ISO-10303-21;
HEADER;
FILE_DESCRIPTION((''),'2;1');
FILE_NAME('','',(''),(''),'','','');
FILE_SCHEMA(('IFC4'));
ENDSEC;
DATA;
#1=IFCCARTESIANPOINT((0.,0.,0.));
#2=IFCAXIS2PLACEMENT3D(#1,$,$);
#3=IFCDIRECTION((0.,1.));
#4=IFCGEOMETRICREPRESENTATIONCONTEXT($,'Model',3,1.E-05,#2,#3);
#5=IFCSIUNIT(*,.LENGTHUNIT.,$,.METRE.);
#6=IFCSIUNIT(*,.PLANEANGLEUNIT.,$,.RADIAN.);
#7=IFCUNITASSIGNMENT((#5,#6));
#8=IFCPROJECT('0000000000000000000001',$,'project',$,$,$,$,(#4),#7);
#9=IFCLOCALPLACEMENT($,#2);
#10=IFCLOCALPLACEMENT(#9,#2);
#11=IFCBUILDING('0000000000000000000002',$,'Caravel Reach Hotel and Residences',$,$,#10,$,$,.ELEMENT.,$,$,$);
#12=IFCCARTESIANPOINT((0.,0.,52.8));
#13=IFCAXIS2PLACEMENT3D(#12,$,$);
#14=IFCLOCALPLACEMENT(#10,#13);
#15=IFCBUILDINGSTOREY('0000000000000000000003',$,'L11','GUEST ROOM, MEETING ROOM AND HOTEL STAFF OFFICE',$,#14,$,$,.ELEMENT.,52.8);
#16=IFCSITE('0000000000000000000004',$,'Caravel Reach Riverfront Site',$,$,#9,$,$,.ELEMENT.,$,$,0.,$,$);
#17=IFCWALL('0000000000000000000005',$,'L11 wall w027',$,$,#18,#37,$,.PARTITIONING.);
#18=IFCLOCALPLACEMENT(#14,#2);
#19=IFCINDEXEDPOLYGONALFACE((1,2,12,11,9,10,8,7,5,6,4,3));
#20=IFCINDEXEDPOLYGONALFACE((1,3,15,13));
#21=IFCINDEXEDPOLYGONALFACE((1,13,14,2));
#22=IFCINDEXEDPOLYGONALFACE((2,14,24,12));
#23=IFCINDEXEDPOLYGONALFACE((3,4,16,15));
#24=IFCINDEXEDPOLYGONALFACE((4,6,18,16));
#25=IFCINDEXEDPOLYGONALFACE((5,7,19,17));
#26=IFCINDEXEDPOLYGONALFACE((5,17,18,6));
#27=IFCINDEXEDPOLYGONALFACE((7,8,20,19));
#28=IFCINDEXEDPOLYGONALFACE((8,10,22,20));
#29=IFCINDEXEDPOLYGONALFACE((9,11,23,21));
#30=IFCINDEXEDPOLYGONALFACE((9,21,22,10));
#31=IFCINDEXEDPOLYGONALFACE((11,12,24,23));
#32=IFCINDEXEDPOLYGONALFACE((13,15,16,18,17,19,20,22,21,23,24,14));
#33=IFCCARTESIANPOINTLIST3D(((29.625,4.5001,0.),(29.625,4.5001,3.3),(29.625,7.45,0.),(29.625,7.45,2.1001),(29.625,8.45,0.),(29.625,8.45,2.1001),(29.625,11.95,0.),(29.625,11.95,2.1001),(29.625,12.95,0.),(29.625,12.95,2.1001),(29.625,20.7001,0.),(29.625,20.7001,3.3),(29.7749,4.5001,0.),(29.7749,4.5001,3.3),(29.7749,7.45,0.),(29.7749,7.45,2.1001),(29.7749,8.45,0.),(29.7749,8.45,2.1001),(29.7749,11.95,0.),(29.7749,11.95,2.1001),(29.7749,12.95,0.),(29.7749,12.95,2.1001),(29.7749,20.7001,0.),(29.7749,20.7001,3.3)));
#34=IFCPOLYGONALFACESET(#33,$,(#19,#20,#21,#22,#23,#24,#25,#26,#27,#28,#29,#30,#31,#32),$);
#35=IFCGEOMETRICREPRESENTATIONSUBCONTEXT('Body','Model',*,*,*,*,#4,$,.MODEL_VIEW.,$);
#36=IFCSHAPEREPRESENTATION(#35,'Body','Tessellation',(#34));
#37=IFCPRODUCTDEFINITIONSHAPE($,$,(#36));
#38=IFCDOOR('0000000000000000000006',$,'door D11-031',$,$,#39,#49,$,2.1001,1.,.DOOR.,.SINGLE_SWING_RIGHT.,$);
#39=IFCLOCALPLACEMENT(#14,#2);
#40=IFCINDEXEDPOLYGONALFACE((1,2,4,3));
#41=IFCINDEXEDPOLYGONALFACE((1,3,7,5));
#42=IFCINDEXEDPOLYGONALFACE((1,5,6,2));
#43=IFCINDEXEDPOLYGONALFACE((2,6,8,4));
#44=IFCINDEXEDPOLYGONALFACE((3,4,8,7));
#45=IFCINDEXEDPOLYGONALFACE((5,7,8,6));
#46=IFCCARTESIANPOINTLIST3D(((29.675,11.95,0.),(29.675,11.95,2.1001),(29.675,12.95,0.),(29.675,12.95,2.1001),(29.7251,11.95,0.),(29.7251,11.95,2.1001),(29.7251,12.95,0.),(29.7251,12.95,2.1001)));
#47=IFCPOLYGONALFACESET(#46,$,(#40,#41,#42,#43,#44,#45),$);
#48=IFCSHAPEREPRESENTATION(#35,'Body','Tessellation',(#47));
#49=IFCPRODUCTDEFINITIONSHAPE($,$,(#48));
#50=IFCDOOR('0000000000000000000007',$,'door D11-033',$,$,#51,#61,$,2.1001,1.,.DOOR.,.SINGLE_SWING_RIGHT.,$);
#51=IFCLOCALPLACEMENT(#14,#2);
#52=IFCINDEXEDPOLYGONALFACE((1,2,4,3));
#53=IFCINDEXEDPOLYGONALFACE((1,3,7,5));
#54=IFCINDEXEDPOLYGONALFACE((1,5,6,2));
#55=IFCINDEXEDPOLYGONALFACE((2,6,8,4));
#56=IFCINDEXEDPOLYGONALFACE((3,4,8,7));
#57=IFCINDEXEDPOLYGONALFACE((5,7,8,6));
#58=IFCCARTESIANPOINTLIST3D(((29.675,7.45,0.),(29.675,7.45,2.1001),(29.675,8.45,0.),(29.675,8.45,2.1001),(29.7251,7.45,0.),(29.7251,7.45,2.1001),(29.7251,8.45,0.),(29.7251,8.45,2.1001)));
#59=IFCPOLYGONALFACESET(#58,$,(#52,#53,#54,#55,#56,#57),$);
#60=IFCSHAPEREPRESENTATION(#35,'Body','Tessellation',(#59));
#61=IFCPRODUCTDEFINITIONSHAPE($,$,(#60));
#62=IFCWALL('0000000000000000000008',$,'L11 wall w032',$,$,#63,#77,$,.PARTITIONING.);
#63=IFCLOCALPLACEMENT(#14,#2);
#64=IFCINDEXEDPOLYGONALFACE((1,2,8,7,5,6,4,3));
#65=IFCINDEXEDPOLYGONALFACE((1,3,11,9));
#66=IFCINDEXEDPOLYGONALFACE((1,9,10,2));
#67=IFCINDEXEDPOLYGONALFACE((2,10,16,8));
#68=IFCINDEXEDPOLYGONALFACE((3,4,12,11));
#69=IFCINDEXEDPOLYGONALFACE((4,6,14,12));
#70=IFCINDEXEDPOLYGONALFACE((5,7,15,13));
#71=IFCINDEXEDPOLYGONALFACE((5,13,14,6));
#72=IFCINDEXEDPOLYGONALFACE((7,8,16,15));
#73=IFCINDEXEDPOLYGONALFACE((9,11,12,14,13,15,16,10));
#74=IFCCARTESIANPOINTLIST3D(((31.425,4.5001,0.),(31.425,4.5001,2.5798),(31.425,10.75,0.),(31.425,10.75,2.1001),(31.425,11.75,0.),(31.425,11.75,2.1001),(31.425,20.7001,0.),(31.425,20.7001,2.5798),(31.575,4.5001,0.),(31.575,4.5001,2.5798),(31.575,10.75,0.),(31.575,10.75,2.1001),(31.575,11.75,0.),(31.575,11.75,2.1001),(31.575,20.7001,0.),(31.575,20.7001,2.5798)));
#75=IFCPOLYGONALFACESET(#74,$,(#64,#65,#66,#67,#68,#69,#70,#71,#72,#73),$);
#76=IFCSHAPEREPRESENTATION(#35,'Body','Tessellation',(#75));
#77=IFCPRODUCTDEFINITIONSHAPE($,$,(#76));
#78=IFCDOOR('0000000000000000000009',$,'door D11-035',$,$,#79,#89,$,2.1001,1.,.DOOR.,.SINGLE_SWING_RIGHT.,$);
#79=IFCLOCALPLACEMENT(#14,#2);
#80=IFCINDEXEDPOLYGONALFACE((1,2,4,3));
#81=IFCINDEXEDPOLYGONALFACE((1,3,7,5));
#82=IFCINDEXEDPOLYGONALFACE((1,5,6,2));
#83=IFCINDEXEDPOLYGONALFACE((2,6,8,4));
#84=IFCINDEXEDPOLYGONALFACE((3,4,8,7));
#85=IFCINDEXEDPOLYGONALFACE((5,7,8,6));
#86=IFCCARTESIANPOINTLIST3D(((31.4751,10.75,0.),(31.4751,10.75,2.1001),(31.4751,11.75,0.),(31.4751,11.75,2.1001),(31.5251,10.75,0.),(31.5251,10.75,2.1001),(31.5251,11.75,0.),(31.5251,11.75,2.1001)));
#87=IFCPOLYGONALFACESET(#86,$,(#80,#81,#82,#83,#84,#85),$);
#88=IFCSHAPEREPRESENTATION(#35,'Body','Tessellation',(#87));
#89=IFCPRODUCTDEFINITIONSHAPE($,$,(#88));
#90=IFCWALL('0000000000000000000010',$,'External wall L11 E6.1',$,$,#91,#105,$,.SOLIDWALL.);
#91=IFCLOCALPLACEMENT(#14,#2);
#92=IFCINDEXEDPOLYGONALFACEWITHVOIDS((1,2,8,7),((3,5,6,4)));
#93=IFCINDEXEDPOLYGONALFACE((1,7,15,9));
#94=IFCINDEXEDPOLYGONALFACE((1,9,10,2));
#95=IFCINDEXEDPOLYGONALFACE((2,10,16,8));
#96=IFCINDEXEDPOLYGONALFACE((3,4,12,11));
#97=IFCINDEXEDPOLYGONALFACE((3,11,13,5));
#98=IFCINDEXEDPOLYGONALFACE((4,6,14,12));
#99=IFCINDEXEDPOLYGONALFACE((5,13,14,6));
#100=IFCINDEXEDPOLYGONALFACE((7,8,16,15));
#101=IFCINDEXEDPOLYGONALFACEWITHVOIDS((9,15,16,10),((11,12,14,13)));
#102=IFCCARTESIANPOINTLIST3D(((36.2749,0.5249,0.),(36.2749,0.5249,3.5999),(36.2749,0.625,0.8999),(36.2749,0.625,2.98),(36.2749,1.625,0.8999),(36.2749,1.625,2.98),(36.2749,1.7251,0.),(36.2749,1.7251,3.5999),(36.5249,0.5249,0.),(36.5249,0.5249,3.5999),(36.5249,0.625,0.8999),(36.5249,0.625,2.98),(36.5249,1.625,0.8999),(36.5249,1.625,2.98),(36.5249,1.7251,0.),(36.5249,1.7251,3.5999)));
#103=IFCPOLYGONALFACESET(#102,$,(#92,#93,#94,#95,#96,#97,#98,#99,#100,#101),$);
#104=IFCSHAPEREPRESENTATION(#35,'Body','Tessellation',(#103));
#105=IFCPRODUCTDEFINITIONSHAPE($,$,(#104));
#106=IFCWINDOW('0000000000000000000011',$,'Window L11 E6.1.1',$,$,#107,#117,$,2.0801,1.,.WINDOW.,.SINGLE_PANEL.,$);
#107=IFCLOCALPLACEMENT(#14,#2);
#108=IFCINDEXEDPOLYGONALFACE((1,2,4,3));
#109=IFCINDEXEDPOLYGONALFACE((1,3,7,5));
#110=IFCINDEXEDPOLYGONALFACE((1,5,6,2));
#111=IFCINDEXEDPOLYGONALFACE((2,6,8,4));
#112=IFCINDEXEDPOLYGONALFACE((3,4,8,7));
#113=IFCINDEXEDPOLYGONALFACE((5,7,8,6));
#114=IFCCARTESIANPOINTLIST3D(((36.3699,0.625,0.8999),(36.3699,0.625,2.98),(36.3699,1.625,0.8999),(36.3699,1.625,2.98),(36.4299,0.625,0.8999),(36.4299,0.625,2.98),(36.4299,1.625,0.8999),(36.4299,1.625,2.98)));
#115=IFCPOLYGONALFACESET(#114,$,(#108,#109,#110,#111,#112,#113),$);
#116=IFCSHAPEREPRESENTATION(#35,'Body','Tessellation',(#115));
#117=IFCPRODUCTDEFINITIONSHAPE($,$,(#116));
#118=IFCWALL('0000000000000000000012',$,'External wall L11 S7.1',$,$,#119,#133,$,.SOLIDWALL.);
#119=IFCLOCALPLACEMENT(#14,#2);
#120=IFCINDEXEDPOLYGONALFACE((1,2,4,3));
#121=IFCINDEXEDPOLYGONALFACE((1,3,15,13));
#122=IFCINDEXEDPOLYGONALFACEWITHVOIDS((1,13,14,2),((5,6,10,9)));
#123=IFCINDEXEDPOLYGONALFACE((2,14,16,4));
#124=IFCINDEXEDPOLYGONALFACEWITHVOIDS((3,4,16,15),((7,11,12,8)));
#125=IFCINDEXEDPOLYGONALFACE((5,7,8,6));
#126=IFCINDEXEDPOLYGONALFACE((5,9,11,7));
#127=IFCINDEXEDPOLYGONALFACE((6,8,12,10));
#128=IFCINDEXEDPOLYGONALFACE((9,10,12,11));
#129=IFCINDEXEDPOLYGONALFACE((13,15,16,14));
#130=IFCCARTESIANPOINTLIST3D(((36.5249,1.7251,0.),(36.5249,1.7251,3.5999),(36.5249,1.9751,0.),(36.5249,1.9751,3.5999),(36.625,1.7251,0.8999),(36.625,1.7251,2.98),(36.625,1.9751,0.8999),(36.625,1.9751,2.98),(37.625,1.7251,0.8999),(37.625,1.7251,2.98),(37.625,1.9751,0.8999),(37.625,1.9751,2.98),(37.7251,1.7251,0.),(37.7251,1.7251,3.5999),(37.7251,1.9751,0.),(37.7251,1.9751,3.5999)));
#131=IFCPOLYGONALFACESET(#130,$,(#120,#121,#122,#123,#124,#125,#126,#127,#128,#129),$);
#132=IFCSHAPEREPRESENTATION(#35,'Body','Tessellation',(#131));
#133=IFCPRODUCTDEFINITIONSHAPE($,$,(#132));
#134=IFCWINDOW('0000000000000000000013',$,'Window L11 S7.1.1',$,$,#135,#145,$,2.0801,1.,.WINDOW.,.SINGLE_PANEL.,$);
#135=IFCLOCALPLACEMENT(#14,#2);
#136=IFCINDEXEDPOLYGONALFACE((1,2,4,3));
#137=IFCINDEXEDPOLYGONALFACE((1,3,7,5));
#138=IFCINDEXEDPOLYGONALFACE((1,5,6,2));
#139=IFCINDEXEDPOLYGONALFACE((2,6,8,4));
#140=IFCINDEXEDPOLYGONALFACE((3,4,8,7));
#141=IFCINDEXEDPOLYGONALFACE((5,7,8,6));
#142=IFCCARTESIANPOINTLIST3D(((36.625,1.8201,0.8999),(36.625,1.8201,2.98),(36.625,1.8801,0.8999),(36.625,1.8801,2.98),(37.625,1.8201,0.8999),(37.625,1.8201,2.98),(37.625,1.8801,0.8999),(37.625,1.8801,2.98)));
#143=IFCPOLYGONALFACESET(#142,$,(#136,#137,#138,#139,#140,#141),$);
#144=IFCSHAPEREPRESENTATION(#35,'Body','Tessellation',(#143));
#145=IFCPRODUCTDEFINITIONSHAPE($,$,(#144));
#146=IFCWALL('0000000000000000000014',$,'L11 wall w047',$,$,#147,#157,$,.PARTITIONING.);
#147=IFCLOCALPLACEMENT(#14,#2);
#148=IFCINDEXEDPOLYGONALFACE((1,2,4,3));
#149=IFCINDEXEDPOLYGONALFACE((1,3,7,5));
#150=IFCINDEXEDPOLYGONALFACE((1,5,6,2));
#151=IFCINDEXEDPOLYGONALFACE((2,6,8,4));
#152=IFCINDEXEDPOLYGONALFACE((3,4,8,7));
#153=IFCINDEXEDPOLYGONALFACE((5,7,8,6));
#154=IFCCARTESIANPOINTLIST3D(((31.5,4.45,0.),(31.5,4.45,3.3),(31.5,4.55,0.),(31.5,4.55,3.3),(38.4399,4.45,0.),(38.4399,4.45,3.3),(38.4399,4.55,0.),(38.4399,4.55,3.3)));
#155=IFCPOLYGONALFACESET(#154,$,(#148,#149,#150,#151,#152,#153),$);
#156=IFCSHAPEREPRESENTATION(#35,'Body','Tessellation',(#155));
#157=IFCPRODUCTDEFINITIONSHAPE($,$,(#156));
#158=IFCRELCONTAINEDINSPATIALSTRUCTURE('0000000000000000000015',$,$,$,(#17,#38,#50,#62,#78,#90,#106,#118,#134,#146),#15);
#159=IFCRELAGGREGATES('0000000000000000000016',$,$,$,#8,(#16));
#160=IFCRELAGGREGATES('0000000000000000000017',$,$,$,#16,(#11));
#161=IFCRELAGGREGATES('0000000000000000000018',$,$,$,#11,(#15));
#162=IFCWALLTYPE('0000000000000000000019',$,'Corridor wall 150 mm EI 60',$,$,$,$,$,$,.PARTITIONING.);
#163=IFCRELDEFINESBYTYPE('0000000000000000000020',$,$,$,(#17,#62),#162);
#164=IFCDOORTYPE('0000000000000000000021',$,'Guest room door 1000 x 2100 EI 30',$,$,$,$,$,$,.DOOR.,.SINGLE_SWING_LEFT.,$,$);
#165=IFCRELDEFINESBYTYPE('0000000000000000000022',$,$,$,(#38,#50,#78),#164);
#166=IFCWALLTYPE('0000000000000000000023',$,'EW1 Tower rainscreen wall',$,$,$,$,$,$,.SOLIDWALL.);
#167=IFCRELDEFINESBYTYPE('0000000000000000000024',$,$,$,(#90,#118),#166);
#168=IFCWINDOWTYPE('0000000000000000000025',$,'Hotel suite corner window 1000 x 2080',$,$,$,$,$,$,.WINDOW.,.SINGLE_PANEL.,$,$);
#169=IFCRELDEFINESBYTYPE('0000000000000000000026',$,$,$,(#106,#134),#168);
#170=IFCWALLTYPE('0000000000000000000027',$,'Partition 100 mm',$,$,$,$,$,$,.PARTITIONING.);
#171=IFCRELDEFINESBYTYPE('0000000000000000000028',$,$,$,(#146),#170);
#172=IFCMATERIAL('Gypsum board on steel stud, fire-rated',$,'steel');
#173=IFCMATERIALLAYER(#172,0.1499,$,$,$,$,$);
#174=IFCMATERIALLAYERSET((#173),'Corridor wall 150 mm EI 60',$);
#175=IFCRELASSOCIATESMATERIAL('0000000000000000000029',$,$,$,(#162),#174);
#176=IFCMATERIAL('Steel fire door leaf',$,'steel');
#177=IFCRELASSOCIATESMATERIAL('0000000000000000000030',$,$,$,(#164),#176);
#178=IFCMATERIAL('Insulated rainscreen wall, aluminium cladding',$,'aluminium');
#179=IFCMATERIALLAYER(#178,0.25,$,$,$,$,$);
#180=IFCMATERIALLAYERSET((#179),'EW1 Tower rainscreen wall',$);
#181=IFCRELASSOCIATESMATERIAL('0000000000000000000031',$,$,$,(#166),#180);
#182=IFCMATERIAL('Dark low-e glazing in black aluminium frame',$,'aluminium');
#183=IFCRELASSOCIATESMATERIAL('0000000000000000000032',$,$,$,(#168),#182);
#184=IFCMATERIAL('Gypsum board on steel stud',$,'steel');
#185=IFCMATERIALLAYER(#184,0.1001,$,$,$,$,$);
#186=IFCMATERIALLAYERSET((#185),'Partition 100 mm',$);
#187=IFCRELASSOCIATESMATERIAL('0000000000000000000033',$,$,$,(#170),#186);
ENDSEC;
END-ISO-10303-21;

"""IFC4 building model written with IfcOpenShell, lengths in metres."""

from ifc_helpers import new_model, si_unit, direction, frame, frame_2d, origin, place, context, subcontext, project, spatial, rectangle, extrude, material, layer, layer_set, type_object, element, fill, save


model = new_model("IFC4")

# Units and contexts
model_context = context("Model", 3, precision=1e-05, world=origin(), true_north=direction((0.0, 1.0)))
body_context = subcontext(model_context, "Body", "Model", "MODEL_VIEW")
ifc_project = project(units=[si_unit("LENGTHUNIT", "METRE"), si_unit("PLANEANGLEUNIT", "RADIAN")], contexts=[model_context])

# Site, building, storey
site_placement = place(None, origin())
site = spatial("IfcSite", under=ifc_project, at=site_placement, Name="Caravel Reach Riverfront Site", CompositionType="ELEMENT", RefElevation=0.0)
building_placement = place(site_placement, origin())
building = spatial("IfcBuilding", under=site, at=building_placement, Name="Caravel Reach Hotel and Residences", CompositionType="ELEMENT")
storey_placement = place(building_placement, frame((0.0, 0.0, 52.8)))
storey = spatial("IfcBuildingStorey", under=building, at=storey_placement, Name="L11", Description="GUEST ROOM, MEETING ROOM AND HOTEL STAFF OFFICE", CompositionType="ELEMENT", Elevation=52.8)

# Wall, openings, doors
ifc_material_1 = material(Name="Gypsum board on steel stud, fire-rated", Category="steel")
ifc_layer_1 = layer(ifc_material_1, 0.1499)
ifc_layer_set_1 = layer_set([ifc_layer_1], Name="Corridor wall 150 mm EI 60")
wall_type_1 = type_object("IfcWallType", Name="Corridor wall 150 mm EI 60", PredefinedType="PARTITIONING", material=ifc_layer_set_1)
wall_1_placement = place(storey_placement, frame((29.7, 4.5, 0.0), z_axis=(0.0, 0.0, 1.0), x_axis=(0.0, 1.0, 0.0)))
wall_1 = element("IfcWall", 1, at=wall_1_placement, inside=storey, type_object=wall_type_1, Name="L11 wall w027", PredefinedType="PARTITIONING", context=body_context, shape_type="SweptSolid", body=[
    extrude(rectangle(XDim=16.2, YDim=0.1499, at=frame_2d((8.1001, 0.0))), origin(), (0.0, 0.0, 1.0), 3.3),
])
opening_1_placement = place(wall_1_placement, frame((7.45, 0.0, 0.0)))
opening_1 = element("IfcOpeningElement", 2, at=opening_1_placement, cuts=wall_1, PredefinedType="OPENING", context=body_context, shape_type="SweptSolid", body=[
    extrude(rectangle(XDim=1.0, YDim=2.1001, at=frame_2d((0.5, 1.05))), frame((0.0, 0.085, 0.0), z_axis=(0.0, -1.0, 0.0), x_axis=(1.0, 0.0, 0.0)), (0.0, 0.0, 1.0), 0.1699),
])
opening_2_placement = place(wall_1_placement, frame((2.95, 0.0, 0.0)))
opening_2 = element("IfcOpeningElement", 3, at=opening_2_placement, cuts=wall_1, PredefinedType="OPENING", context=body_context, shape_type="SweptSolid", body=[
    extrude(rectangle(XDim=1.0, YDim=2.1001, at=frame_2d((0.5, 1.05))), frame((0.0, 0.085, 0.0), z_axis=(0.0, -1.0, 0.0), x_axis=(1.0, 0.0, 0.0)), (0.0, 0.0, 1.0), 0.1699),
])
ifc_material_2 = material(Name="Steel fire door leaf", Category="steel")
door_type_1 = type_object("IfcDoorType", Name="Guest room door 1000 x 2100 EI 30", OperationType="SINGLE_SWING_LEFT", PredefinedType="DOOR", material=ifc_material_2)
door_1_placement = place(opening_1_placement, origin())
door_1 = element("IfcDoor", 4, at=door_1_placement, inside=storey, type_object=door_type_1, Name="door D11-031", OperationType="SINGLE_SWING_RIGHT", OverallHeight=2.1001, OverallWidth=1.0, PredefinedType="DOOR", context=body_context, shape_type="SweptSolid", body=[
    extrude(rectangle(XDim=1.0, YDim=2.1001, at=frame_2d((0.5, 1.05))), frame((0.0, 0.0249, 0.0), z_axis=(0.0, -1.0, 0.0), x_axis=(1.0, 0.0, 0.0)), (0.0, 0.0, 1.0), 0.05),
])
fill(opening_1, door_1)
door_2_placement = place(opening_2_placement, origin())
door_2 = element("IfcDoor", 5, at=door_2_placement, inside=storey, type_object=door_type_1, Name="door D11-033", OperationType="SINGLE_SWING_RIGHT", OverallHeight=2.1001, OverallWidth=1.0, PredefinedType="DOOR", context=body_context, shape_type="SweptSolid", body=[
    extrude(rectangle(XDim=1.0, YDim=2.1001, at=frame_2d((0.5, 1.05))), frame((0.0, 0.0249, 0.0), z_axis=(0.0, -1.0, 0.0), x_axis=(1.0, 0.0, 0.0)), (0.0, 0.0, 1.0), 0.05),
])
fill(opening_2, door_2)

# Wall, opening, door
wall_2_placement = place(storey_placement, frame((31.5, 4.5, 0.0), z_axis=(0.0, 0.0, 1.0), x_axis=(0.0, 1.0, 0.0)))
wall_2 = element("IfcWall", 6, at=wall_2_placement, inside=storey, type_object=wall_type_1, Name="L11 wall w032", PredefinedType="PARTITIONING", context=body_context, shape_type="SweptSolid", body=[
    extrude(rectangle(XDim=16.2, YDim=0.1499, at=frame_2d((8.1001, 0.0))), origin(), (0.0, 0.0, 1.0), 2.5798),
])
opening_3_placement = place(wall_2_placement, frame((6.25, 0.0, 0.0)))
opening_3 = element("IfcOpeningElement", 7, at=opening_3_placement, cuts=wall_2, PredefinedType="OPENING", context=body_context, shape_type="SweptSolid", body=[
    extrude(rectangle(XDim=1.0, YDim=2.1001, at=frame_2d((0.5, 1.05))), frame((0.0, 0.085, 0.0), z_axis=(0.0, -1.0, 0.0), x_axis=(1.0, 0.0, 0.0)), (0.0, 0.0, 1.0), 0.1699),
])
door_3_placement = place(opening_3_placement, origin())
door_3 = element("IfcDoor", 8, at=door_3_placement, inside=storey, type_object=door_type_1, Name="door D11-035", OperationType="SINGLE_SWING_RIGHT", OverallHeight=2.1001, OverallWidth=1.0, PredefinedType="DOOR", context=body_context, shape_type="SweptSolid", body=[
    extrude(rectangle(XDim=1.0, YDim=2.1001, at=frame_2d((0.5, 1.05))), frame((0.0, 0.0249, 0.0), z_axis=(0.0, -1.0, 0.0), x_axis=(1.0, 0.0, 0.0)), (0.0, 0.0, 1.0), 0.05),
])
fill(opening_3, door_3)

# Walls, openings, windows
ifc_material_3 = material(Name="Insulated rainscreen wall, aluminium cladding", Category="aluminium")
ifc_layer_2 = layer(ifc_material_3, 0.25)
ifc_layer_set_2 = layer_set([ifc_layer_2], Name="EW1 Tower rainscreen wall")
wall_type_2 = type_object("IfcWallType", Name="EW1 Tower rainscreen wall", PredefinedType="SOLIDWALL", material=ifc_layer_set_2)
wall_3_placement = place(storey_placement, frame((36.3999, 0.5249, 0.0), z_axis=(0.0, 0.0, 1.0), x_axis=(0.0, 1.0, 0.0)))
wall_3 = element("IfcWall", 9, at=wall_3_placement, inside=storey, type_object=wall_type_2, Name="External wall L11 E6.1", PredefinedType="SOLIDWALL", context=body_context, shape_type="SweptSolid", body=[
    extrude(rectangle(XDim=1.2002, YDim=0.25, at=frame_2d((0.6001, 0.0))), origin(), (0.0, 0.0, 1.0), 3.5999),
])
opening_4_placement = place(wall_3_placement, frame((0.1001, 0.0, 0.8999)))
opening_4 = element("IfcOpeningElement", 10, at=opening_4_placement, cuts=wall_3, PredefinedType="OPENING", context=body_context, shape_type="SweptSolid", body=[
    extrude(rectangle(XDim=1.0, YDim=2.0801, at=frame_2d((0.5, 1.04))), frame((0.0, 0.135, 0.0), z_axis=(0.0, -1.0, 0.0), x_axis=(1.0, 0.0, 0.0)), (0.0, 0.0, 1.0), 0.27),
])
ifc_material_4 = material(Name="Dark low-e glazing in black aluminium frame", Category="aluminium")
window_type = type_object("IfcWindowType", Name="Hotel suite corner window 1000 x 2080", PartitioningType="SINGLE_PANEL", PredefinedType="WINDOW", material=ifc_material_4)
window_1_placement = place(opening_4_placement, origin())
window_1 = element("IfcWindow", 11, at=window_1_placement, inside=storey, type_object=window_type, Name="Window L11 E6.1.1", OverallHeight=2.0801, OverallWidth=1.0, PartitioningType="SINGLE_PANEL", PredefinedType="WINDOW", context=body_context, shape_type="SweptSolid", body=[
    extrude(rectangle(XDim=1.0, YDim=2.0801, at=frame_2d((0.5, 1.04))), frame((0.0, 0.03, 0.0), z_axis=(0.0, -1.0, 0.0), x_axis=(1.0, 0.0, 0.0)), (0.0, 0.0, 1.0), 0.0601),
])
fill(opening_4, window_1)
wall_4_placement = place(storey_placement, frame((36.5249, 1.8501, 0.0), z_axis=(0.0, 0.0, 1.0), x_axis=(1.0, 0.0, 0.0)))
wall_4 = element("IfcWall", 12, at=wall_4_placement, inside=storey, type_object=wall_type_2, Name="External wall L11 S7.1", PredefinedType="SOLIDWALL", context=body_context, shape_type="SweptSolid", body=[
    extrude(rectangle(XDim=1.2002, YDim=0.25, at=frame_2d((0.6001, 0.0))), origin(), (0.0, 0.0, 1.0), 3.5999),
])
opening_5_placement = place(wall_4_placement, frame((0.1001, 0.0, 0.8999)))
opening_5 = element("IfcOpeningElement", 13, at=opening_5_placement, cuts=wall_4, PredefinedType="OPENING", context=body_context, shape_type="SweptSolid", body=[
    extrude(rectangle(XDim=1.0, YDim=2.0801, at=frame_2d((0.5, 1.04))), frame((0.0, 0.135, 0.0), z_axis=(0.0, -1.0, 0.0), x_axis=(1.0, 0.0, 0.0)), (0.0, 0.0, 1.0), 0.27),
])
window_2_placement = place(opening_5_placement, origin())
window_2 = element("IfcWindow", 14, at=window_2_placement, inside=storey, type_object=window_type, Name="Window L11 S7.1.1", OverallHeight=2.0801, OverallWidth=1.0, PartitioningType="SINGLE_PANEL", PredefinedType="WINDOW", context=body_context, shape_type="SweptSolid", body=[
    extrude(rectangle(XDim=1.0, YDim=2.0801, at=frame_2d((0.5, 1.04))), frame((0.0, 0.03, 0.0), z_axis=(0.0, -1.0, 0.0), x_axis=(1.0, 0.0, 0.0)), (0.0, 0.0, 1.0), 0.0601),
])
fill(opening_5, window_2)

# Wall
ifc_material_5 = material(Name="Gypsum board on steel stud", Category="steel")
ifc_layer_3 = layer(ifc_material_5, 0.1001)
ifc_layer_set_3 = layer_set([ifc_layer_3], Name="Partition 100 mm")
wall_type_3 = type_object("IfcWallType", Name="Partition 100 mm", PredefinedType="PARTITIONING", material=ifc_layer_set_3)
wall_5_placement = place(storey_placement, frame((31.5, 4.5, 0.0), z_axis=(0.0, 0.0, 1.0), x_axis=(1.0, 0.0, 0.0)))
element("IfcWall", 15, at=wall_5_placement, inside=storey, type_object=wall_type_3, Name="L11 wall w047", PredefinedType="PARTITIONING", context=body_context, shape_type="SweptSolid", body=[
    extrude(rectangle(XDim=6.9399, YDim=0.1001, at=frame_2d((3.47, 0.0))), origin(), (0.0, 0.0, 1.0), 3.3),
])

save(model, "model.ifc")
